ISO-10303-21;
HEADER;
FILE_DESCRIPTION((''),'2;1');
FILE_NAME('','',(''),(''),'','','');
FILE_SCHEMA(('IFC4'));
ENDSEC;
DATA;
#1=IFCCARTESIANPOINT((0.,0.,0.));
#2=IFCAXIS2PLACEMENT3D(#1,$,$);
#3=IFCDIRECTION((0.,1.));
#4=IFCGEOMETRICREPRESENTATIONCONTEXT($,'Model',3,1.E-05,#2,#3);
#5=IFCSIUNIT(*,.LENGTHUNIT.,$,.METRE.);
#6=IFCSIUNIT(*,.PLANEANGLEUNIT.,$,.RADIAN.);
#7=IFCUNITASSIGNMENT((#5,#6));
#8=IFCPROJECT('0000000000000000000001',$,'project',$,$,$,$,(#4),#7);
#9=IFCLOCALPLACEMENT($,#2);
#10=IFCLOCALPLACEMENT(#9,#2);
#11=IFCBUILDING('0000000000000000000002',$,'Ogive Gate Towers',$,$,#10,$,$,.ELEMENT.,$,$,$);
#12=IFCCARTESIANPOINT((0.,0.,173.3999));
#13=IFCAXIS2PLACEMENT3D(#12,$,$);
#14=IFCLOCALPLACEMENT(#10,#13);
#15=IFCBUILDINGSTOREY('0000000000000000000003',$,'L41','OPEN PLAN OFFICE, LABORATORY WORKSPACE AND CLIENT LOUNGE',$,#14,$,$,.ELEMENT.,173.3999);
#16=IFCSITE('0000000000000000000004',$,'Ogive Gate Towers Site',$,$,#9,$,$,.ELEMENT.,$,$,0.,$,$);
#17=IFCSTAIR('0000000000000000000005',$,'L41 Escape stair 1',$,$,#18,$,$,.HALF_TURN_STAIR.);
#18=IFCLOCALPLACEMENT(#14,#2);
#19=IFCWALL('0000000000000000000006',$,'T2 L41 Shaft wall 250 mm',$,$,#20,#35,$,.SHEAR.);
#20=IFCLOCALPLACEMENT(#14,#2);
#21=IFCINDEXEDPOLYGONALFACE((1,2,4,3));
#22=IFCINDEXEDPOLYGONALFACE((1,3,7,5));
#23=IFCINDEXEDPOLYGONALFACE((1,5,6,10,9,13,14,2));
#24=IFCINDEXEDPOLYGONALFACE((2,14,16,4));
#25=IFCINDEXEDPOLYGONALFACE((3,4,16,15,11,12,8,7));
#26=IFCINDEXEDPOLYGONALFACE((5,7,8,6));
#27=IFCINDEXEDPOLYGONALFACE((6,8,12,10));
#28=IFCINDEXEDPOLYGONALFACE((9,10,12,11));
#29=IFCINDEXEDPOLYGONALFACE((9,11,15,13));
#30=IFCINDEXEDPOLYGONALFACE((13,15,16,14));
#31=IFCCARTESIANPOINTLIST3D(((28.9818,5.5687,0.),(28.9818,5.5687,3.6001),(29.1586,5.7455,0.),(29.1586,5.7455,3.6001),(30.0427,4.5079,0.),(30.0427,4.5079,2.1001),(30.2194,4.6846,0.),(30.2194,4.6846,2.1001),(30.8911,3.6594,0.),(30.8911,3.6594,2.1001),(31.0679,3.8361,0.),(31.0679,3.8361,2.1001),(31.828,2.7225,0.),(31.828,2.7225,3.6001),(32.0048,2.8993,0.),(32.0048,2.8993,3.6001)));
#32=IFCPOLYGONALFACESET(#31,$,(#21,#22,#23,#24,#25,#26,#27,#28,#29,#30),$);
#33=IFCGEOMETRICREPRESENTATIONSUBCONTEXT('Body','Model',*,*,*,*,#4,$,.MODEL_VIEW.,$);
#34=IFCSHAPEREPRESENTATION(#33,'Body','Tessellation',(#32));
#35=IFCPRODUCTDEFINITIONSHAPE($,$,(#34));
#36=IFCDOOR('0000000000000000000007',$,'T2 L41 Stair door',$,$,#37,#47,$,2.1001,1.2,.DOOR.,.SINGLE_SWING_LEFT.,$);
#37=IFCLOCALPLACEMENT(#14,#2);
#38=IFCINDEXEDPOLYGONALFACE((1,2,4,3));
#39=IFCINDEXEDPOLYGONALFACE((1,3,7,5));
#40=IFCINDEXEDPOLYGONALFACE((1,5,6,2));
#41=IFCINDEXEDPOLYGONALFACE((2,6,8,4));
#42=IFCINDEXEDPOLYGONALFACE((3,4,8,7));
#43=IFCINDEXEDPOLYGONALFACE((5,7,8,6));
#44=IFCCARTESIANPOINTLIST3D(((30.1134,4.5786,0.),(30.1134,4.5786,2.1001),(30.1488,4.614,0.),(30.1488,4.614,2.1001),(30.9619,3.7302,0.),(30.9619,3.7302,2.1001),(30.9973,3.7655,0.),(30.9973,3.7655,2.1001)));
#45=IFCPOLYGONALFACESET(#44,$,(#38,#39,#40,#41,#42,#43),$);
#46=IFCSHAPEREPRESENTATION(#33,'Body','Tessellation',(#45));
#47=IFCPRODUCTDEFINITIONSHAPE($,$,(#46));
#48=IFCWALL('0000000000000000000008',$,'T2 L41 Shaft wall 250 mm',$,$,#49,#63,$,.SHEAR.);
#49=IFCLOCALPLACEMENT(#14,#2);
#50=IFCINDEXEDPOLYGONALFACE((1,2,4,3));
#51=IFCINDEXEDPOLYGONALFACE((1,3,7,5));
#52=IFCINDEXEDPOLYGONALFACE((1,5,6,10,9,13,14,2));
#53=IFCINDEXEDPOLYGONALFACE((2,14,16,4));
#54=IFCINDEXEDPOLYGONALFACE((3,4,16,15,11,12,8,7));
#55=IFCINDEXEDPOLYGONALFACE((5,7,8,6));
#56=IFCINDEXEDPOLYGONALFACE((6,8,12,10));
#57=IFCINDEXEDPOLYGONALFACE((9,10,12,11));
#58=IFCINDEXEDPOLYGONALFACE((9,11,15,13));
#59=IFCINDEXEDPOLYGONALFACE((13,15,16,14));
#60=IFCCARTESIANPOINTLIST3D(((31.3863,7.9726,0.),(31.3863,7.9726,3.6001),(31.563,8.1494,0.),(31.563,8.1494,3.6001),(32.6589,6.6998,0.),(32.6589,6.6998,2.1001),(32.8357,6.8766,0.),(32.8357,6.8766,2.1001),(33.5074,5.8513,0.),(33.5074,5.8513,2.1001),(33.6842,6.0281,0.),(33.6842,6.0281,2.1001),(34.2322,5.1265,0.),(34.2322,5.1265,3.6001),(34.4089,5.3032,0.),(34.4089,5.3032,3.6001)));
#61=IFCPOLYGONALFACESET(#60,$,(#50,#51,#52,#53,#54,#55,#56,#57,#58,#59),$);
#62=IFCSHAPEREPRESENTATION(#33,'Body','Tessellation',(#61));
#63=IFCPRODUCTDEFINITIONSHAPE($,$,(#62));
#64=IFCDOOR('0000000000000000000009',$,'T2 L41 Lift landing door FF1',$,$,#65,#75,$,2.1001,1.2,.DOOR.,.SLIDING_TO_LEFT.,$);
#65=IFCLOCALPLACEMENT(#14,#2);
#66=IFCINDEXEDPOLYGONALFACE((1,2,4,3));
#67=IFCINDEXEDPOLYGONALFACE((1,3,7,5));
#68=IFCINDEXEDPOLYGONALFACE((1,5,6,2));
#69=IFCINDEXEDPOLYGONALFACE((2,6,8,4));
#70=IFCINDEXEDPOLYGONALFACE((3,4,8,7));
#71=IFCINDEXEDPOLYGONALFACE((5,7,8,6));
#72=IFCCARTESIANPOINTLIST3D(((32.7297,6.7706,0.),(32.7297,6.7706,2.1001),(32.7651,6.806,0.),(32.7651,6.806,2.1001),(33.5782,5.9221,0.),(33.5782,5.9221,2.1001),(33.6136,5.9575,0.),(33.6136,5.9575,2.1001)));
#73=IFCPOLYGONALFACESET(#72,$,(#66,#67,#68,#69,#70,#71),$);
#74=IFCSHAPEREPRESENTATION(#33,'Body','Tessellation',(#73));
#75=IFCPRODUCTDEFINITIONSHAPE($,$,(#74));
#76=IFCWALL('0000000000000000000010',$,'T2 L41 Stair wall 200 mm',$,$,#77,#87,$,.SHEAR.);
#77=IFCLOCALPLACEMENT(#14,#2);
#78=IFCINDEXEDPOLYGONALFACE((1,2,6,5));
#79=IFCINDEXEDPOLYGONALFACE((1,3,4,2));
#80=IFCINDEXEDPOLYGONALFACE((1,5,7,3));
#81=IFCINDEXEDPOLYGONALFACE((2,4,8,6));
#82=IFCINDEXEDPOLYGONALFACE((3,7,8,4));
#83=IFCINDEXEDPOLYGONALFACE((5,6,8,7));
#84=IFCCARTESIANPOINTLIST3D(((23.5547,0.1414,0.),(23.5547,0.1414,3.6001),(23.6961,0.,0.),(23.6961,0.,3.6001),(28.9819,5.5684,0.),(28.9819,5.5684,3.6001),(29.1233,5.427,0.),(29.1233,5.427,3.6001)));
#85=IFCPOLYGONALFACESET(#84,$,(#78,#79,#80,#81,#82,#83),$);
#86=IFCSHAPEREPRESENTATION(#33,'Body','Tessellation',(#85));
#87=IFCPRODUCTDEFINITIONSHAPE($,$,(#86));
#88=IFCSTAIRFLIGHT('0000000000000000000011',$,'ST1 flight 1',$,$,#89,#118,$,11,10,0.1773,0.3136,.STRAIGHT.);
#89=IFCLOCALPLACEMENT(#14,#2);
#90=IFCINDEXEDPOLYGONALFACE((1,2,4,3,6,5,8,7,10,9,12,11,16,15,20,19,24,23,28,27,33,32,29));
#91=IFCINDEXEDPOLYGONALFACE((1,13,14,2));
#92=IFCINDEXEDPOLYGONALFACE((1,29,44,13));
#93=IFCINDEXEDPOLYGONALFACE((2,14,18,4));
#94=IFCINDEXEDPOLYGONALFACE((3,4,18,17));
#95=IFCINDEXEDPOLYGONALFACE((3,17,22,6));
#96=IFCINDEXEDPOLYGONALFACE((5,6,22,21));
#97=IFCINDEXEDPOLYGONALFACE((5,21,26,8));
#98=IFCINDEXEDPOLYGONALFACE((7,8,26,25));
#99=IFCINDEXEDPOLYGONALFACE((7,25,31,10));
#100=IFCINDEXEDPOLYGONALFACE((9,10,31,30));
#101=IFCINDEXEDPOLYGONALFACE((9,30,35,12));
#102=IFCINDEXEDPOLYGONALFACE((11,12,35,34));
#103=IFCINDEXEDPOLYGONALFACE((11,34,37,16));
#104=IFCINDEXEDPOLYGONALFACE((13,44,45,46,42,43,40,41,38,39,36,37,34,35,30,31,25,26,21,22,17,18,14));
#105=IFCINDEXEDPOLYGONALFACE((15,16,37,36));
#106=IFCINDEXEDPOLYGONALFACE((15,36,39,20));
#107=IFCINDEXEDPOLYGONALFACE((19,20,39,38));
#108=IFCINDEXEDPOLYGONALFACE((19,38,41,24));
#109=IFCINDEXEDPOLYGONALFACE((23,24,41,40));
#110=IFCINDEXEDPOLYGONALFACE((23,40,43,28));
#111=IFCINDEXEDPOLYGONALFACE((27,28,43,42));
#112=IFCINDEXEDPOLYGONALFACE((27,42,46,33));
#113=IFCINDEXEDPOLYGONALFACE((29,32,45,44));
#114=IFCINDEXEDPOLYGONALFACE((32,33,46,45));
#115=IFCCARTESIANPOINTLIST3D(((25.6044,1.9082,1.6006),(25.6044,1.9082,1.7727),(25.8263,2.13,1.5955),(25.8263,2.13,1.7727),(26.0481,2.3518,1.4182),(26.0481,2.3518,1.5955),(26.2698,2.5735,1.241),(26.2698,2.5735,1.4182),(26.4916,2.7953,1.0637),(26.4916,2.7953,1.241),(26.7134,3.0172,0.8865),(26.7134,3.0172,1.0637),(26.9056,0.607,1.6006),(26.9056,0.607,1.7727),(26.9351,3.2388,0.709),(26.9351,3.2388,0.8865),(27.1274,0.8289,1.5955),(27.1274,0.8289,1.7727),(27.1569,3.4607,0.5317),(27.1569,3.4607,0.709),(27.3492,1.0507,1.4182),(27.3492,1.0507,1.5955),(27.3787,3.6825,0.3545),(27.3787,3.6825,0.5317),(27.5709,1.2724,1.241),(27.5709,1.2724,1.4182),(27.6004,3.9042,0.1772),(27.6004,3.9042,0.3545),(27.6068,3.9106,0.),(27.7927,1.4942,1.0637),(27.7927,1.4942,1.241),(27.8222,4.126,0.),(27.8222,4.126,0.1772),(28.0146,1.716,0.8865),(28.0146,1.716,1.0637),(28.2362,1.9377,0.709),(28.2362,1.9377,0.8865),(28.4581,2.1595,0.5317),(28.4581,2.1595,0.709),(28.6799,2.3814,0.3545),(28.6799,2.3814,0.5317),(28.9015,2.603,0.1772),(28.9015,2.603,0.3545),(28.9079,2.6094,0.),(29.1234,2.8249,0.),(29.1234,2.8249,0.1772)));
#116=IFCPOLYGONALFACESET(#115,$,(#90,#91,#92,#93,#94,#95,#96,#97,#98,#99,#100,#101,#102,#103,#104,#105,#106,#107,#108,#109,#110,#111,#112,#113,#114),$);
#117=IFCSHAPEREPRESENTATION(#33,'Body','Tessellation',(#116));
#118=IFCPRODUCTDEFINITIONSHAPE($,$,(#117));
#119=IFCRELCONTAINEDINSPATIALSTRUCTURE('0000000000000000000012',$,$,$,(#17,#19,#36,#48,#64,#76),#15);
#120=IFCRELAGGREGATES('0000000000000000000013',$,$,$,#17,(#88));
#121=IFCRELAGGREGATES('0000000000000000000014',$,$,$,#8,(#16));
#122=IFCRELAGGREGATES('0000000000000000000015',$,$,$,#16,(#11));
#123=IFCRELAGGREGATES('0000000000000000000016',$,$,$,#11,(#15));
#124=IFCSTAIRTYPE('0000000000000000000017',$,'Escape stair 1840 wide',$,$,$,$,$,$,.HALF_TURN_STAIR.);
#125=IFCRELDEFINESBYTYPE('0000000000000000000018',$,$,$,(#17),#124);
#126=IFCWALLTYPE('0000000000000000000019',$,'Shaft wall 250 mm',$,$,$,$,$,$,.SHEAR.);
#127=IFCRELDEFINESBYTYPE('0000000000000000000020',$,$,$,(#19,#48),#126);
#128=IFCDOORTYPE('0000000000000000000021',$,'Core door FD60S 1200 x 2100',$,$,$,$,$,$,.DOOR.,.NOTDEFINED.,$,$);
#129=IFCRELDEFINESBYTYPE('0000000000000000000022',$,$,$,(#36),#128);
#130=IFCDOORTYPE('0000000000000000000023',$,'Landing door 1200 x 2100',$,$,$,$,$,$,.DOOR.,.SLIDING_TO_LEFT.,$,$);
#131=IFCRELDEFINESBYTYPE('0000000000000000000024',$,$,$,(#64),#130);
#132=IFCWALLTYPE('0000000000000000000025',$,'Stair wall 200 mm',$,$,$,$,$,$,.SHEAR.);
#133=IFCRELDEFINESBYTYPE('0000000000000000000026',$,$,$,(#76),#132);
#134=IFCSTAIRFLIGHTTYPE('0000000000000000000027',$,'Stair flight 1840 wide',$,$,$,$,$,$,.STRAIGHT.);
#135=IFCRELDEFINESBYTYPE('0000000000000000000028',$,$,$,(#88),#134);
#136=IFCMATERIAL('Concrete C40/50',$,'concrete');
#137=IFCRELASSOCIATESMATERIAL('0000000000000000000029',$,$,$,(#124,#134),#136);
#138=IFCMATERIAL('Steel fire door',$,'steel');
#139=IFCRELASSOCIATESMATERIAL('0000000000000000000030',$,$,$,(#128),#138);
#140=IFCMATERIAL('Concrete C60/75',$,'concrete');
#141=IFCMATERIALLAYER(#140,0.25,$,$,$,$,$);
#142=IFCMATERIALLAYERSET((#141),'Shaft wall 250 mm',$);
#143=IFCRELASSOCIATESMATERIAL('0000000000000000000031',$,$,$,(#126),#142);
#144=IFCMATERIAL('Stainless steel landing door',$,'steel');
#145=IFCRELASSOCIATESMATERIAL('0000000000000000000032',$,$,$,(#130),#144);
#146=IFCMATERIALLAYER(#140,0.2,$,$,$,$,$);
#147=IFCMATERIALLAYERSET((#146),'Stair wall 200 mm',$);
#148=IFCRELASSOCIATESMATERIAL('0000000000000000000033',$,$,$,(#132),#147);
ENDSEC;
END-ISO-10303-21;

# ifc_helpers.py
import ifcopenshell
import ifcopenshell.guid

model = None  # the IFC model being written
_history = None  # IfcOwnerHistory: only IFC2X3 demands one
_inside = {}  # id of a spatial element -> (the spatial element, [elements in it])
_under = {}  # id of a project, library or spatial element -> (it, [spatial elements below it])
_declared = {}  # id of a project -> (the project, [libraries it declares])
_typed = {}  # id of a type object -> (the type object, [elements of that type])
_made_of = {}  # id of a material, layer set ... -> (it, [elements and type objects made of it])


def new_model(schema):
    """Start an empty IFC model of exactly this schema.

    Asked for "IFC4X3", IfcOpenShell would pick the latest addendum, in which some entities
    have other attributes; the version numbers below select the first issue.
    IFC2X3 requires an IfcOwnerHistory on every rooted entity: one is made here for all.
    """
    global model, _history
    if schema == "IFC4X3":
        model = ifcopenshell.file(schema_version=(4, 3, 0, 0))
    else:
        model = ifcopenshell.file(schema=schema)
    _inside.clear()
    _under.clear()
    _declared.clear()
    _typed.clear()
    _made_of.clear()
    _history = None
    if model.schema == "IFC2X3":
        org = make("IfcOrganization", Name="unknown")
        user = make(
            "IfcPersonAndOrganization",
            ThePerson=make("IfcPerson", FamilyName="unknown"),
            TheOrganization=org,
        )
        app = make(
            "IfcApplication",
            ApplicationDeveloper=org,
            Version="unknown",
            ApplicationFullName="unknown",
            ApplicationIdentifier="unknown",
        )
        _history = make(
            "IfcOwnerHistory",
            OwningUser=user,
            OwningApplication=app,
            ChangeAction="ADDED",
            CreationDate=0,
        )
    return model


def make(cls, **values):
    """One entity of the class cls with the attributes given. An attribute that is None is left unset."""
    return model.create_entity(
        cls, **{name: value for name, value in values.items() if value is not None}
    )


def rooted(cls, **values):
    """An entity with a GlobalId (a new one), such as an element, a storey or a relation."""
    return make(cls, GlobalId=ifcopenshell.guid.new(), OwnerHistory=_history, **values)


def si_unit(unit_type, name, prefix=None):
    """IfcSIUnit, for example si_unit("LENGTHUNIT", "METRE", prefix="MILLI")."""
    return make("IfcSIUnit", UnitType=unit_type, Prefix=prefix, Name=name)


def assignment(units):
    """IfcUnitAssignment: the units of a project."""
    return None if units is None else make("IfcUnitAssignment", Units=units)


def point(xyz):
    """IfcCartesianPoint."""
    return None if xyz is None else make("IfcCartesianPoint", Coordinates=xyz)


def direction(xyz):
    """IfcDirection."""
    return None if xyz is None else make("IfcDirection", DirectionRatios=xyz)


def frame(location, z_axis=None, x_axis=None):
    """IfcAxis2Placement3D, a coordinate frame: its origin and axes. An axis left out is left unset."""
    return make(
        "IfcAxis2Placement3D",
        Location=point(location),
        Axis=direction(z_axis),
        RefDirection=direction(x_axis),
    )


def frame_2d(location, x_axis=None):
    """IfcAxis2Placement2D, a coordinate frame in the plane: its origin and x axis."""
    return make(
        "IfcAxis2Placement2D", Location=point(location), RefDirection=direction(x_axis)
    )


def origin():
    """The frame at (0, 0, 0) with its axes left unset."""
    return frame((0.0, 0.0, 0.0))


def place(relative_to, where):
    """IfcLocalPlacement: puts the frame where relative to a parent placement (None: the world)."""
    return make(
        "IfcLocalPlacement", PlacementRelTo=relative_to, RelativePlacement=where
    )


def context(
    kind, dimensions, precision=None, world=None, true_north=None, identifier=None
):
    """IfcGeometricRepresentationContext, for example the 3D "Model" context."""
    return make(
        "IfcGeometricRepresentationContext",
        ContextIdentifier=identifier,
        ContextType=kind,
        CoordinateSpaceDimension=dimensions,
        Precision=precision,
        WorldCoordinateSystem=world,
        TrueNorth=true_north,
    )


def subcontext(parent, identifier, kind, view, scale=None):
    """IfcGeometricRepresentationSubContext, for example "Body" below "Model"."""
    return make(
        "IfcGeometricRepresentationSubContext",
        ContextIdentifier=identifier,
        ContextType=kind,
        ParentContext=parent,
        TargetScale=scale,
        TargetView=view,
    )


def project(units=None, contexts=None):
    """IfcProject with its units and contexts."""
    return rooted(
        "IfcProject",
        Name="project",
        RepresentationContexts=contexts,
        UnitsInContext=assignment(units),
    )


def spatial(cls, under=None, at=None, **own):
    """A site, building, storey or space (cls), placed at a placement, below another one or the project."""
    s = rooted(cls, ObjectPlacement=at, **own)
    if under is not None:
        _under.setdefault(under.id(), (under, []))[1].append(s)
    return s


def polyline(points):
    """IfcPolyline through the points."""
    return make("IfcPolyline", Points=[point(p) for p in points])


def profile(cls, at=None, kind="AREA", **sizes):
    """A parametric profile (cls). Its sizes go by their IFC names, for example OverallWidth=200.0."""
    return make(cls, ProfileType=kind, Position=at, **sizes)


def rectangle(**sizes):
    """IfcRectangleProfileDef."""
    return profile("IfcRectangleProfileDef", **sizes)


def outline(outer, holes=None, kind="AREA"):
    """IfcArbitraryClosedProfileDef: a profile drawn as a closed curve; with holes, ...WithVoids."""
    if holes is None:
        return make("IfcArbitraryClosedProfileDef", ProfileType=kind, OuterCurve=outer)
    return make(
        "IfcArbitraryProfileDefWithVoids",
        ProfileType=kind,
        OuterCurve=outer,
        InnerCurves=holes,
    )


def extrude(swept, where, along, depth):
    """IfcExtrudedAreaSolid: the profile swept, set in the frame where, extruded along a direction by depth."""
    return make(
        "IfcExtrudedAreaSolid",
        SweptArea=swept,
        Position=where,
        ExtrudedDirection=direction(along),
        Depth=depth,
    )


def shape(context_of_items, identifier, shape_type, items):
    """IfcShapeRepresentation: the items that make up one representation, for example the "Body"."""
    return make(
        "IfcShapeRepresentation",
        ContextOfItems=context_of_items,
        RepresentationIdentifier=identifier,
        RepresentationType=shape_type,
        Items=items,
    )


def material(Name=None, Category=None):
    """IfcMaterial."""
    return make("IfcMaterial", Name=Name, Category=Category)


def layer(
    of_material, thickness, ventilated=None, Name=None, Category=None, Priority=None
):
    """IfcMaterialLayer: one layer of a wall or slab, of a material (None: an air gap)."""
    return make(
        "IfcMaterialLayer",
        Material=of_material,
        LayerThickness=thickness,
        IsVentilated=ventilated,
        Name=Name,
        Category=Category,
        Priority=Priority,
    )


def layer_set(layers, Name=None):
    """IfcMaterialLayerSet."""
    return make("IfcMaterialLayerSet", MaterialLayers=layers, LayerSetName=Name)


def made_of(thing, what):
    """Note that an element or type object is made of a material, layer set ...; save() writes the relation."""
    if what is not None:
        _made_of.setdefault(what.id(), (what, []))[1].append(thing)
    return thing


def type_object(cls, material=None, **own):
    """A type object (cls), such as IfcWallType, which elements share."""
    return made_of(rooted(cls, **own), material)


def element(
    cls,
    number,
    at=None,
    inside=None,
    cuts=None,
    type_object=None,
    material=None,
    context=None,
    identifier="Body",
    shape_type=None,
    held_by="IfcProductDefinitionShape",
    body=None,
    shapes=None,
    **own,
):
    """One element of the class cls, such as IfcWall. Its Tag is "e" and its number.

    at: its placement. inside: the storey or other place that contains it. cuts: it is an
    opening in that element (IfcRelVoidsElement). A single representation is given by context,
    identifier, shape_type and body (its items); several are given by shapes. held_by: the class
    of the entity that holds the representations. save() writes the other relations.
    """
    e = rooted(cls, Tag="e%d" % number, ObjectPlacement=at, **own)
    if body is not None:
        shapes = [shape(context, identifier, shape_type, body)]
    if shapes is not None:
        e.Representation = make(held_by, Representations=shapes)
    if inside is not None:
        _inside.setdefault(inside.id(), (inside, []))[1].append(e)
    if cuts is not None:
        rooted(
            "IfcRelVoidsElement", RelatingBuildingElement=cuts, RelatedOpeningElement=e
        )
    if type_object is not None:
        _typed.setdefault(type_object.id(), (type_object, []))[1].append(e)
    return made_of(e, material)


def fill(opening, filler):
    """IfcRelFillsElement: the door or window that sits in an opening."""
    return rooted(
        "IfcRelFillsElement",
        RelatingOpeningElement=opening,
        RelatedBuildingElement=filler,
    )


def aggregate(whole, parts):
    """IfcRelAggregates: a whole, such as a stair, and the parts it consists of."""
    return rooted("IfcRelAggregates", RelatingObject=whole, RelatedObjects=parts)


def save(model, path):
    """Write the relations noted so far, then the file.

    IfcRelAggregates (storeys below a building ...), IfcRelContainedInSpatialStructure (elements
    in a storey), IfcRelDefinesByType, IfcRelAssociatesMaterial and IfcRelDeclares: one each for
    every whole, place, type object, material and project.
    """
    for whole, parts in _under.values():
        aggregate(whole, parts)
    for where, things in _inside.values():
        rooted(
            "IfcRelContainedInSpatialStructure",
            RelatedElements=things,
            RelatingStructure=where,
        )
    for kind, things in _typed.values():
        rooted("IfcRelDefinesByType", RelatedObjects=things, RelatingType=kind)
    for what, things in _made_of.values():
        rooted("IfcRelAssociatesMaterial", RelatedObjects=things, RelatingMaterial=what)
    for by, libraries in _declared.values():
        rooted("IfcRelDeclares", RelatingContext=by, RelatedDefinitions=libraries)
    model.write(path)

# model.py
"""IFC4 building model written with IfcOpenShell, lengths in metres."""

from ifc_helpers import new_model, si_unit, direction, frame, frame_2d, origin, place, context, subcontext, project, spatial, polyline, rectangle, outline, extrude, material, layer, layer_set, type_object, element, fill, aggregate, save


model = new_model("IFC4")

# Units and contexts
model_context = context("Model", 3, precision=1e-05, world=origin(), true_north=direction((0.0, 1.0)))
body_context = subcontext(model_context, "Body", "Model", "MODEL_VIEW")
ifc_project = project(units=[si_unit("LENGTHUNIT", "METRE"), si_unit("PLANEANGLEUNIT", "RADIAN")], contexts=[model_context])

# Site, building, storey
site_placement = place(None, origin())
site = spatial("IfcSite", under=ifc_project, at=site_placement, Name="Ogive Gate Towers Site", CompositionType="ELEMENT", RefElevation=0.0)
building_placement = place(site_placement, origin())
building = spatial("IfcBuilding", under=site, at=building_placement, Name="Ogive Gate Towers", CompositionType="ELEMENT")
storey_placement = place(building_placement, frame((0.0, 0.0, 173.3999)))
storey = spatial("IfcBuildingStorey", under=building, at=storey_placement, Name="L41", Description="OPEN PLAN OFFICE, LABORATORY WORKSPACE AND CLIENT LOUNGE", CompositionType="ELEMENT", Elevation=173.3999)

# Shared definitions
ifc_material_1 = material(Name="Concrete C40/50", Category="concrete")

# Stair
stair_type = type_object("IfcStairType", Name="Escape stair 1840 wide", PredefinedType="HALF_TURN_STAIR", material=ifc_material_1)
stair_1_placement = place(storey_placement, origin())
stair_1 = element("IfcStair", 1, at=stair_1_placement, inside=storey, type_object=stair_type, Name="L41 Escape stair 1", PredefinedType="HALF_TURN_STAIR")

# Shared definitions
ifc_material_2 = material(Name="Concrete C60/75", Category="concrete")
ifc_material_3 = material(Name="Steel fire door", Category="steel")
door_type_1 = type_object("IfcDoorType", Name="Core door FD60S 1200 x 2100", OperationType="NOTDEFINED", PredefinedType="DOOR", material=ifc_material_3)

# Shared definitions
ifc_layer_1 = layer(ifc_material_2, 0.25)
ifc_layer_set_1 = layer_set([ifc_layer_1], Name="Shaft wall 250 mm")
wall_type_1 = type_object("IfcWallType", Name="Shaft wall 250 mm", PredefinedType="SHEAR", material=ifc_layer_set_1)

# Walls, openings, doors
wall_1_placement = place(storey_placement, frame((31.9165, 2.8108, 0.0), z_axis=(0.0, 0.0, 1.0), x_axis=(-0.707107, 0.707107, 0.0)))
wall_1 = element("IfcWall", 2, at=wall_1_placement, inside=storey, type_object=wall_type_1, Name="T2 L41 Shaft wall 250 mm", PredefinedType="SHEAR", context=body_context, shape_type="SweptSolid", body=[
    extrude(rectangle(XDim=4.0251, YDim=0.25, at=frame_2d((2.0127, 0.0))), origin(), (0.0, 0.0, 1.0), 3.6001),
])
opening_1_placement = place(wall_1_placement, frame((1.325, 0.0, 0.0)))
opening_1 = element("IfcOpeningElement", 3, at=opening_1_placement, cuts=wall_1, PredefinedType="OPENING", context=body_context, shape_type="SweptSolid", body=[
    extrude(rectangle(XDim=1.2, YDim=2.1001, at=frame_2d((0.6001, 1.05))), frame((0.0, 0.135, 0.0), z_axis=(0.0, -1.0, 0.0), x_axis=(1.0, 0.0, 0.0)), (0.0, 0.0, 1.0), 0.27),
])
door_1_placement = place(opening_1_placement, origin())
door_1 = element("IfcDoor", 4, at=door_1_placement, inside=storey, type_object=door_type_1, Name="T2 L41 Stair door", OperationType="SINGLE_SWING_LEFT", OverallHeight=2.1001, OverallWidth=1.2, PredefinedType="DOOR", context=body_context, shape_type="SweptSolid", body=[
    extrude(rectangle(XDim=1.2, YDim=2.1001, at=frame_2d((0.6001, 1.05))), frame((0.0, 0.0249, 0.0), z_axis=(0.0, -1.0, 0.0), x_axis=(1.0, 0.0, 0.0)), (0.0, 0.0, 1.0), 0.05),
])
fill(opening_1, door_1)
wall_2_placement = place(storey_placement, frame((34.3206, 5.2148, 0.0), z_axis=(0.0, 0.0, 1.0), x_axis=(-0.707076, 0.707137, 0.0)))
wall_2 = element("IfcWall", 5, at=wall_2_placement, inside=storey, type_object=wall_type_1, Name="T2 L41 Shaft wall 250 mm", PredefinedType="SHEAR", context=body_context, shape_type="SweptSolid", body=[
    extrude(rectangle(XDim=4.0249, YDim=0.25, at=frame_2d((2.0125, 0.0))), origin(), (0.0, 0.0, 1.0), 3.6001),
])
opening_2_placement = place(wall_2_placement, frame((1.0249, 0.0, 0.0)))
opening_2 = element("IfcOpeningElement", 6, at=opening_2_placement, cuts=wall_2, PredefinedType="OPENING", context=body_context, shape_type="SweptSolid", body=[
    extrude(rectangle(XDim=1.2, YDim=2.1001, at=frame_2d((0.6001, 1.05))), frame((0.0, 0.135, 0.0), z_axis=(0.0, -1.0, 0.0), x_axis=(1.0, 0.0, 0.0)), (0.0, 0.0, 1.0), 0.27),
])
ifc_material_4 = material(Name="Stainless steel landing door", Category="steel")
door_type_2 = type_object("IfcDoorType", Name="Landing door 1200 x 2100", OperationType="SLIDING_TO_LEFT", PredefinedType="DOOR", material=ifc_material_4)
door_2_placement = place(opening_2_placement, origin())
door_2 = element("IfcDoor", 7, at=door_2_placement, inside=storey, type_object=door_type_2, Name="T2 L41 Lift landing door FF1", OperationType="SLIDING_TO_LEFT", OverallHeight=2.1001, OverallWidth=1.2, PredefinedType="DOOR", context=body_context, shape_type="SweptSolid", body=[
    extrude(rectangle(XDim=1.2, YDim=2.1001, at=frame_2d((0.6001, 1.05))), frame((0.0, 0.0249, 0.0), z_axis=(0.0, -1.0, 0.0), x_axis=(1.0, 0.0, 0.0)), (0.0, 0.0, 1.0), 0.05),
])
fill(opening_2, door_2)

# Wall
ifc_layer_2 = layer(ifc_material_2, 0.2)
ifc_layer_set_2 = layer_set([ifc_layer_2], Name="Stair wall 200 mm")
wall_type_2 = type_object("IfcWallType", Name="Stair wall 200 mm", PredefinedType="SHEAR", material=ifc_layer_set_2)
wall_3_placement = place(storey_placement, frame((23.6255, 0.0708, 0.0), z_axis=(0.0, 0.0, 1.0), x_axis=(0.707123, 0.707091, 0.0)))
element("IfcWall", 8, at=wall_3_placement, inside=storey, type_object=wall_type_2, Name="T2 L41 Stair wall 200 mm", PredefinedType="SHEAR", context=body_context, shape_type="SweptSolid", body=[
    extrude(rectangle(XDim=7.675, YDim=0.2, at=frame_2d((3.8374, 0.0))), origin(), (0.0, 0.0, 1.0), 3.6001),
])

# Stair flight
stair_flight_type = type_object("IfcStairFlightType", Name="Stair flight 1840 wide", PredefinedType="STRAIGHT", material=ifc_material_1)
stair_flight_placement = place(storey_placement, frame((28.4729, 3.4753, 0.0), z_axis=(0.0, 0.0, 1.0), x_axis=(-0.707107, -0.707107, 0.0)))
stair_flight = element("IfcStairFlight", 9, at=stair_flight_placement, type_object=stair_flight_type, Name="ST1 flight 1", NumberOfRisers=11, NumberOfTreads=10, PredefinedType="STRAIGHT", RiserHeight=0.1773, TreadLength=0.3136, context=body_context, shape_type="SweptSolid", body=[
    extrude(outline(polyline([(0.0, 0.0), (0.0, 0.1772), (0.3137, 0.1772), (0.3137, 0.3545), (0.6272, 0.3545), (0.6272, 0.5317), (0.9409, 0.5317), (0.9409, 0.709), (1.2546, 0.709), (1.2546, 0.8865), (1.5681, 0.8865), (1.5681, 1.0637), (1.8818, 1.0637), (1.8818, 1.241), (2.1956, 1.241), (2.1956, 1.4182), (2.509, 1.4182), (2.509, 1.5955), (2.8228, 1.5955), (2.8228, 1.7727), (3.1365, 1.7727), (3.1365, 1.95), (3.1365, 1.6006), (0.3047, 0.0), (0.0, 0.0)])), frame((0.0, 0.9199, 0.0), z_axis=(0.0, -1.0, 0.0), x_axis=(1.0, 0.0, 0.0)), (0.0, 0.0, 1.0), 1.8401),
])
aggregate(stair_1, [stair_flight])

save(model, "model.ifc")
